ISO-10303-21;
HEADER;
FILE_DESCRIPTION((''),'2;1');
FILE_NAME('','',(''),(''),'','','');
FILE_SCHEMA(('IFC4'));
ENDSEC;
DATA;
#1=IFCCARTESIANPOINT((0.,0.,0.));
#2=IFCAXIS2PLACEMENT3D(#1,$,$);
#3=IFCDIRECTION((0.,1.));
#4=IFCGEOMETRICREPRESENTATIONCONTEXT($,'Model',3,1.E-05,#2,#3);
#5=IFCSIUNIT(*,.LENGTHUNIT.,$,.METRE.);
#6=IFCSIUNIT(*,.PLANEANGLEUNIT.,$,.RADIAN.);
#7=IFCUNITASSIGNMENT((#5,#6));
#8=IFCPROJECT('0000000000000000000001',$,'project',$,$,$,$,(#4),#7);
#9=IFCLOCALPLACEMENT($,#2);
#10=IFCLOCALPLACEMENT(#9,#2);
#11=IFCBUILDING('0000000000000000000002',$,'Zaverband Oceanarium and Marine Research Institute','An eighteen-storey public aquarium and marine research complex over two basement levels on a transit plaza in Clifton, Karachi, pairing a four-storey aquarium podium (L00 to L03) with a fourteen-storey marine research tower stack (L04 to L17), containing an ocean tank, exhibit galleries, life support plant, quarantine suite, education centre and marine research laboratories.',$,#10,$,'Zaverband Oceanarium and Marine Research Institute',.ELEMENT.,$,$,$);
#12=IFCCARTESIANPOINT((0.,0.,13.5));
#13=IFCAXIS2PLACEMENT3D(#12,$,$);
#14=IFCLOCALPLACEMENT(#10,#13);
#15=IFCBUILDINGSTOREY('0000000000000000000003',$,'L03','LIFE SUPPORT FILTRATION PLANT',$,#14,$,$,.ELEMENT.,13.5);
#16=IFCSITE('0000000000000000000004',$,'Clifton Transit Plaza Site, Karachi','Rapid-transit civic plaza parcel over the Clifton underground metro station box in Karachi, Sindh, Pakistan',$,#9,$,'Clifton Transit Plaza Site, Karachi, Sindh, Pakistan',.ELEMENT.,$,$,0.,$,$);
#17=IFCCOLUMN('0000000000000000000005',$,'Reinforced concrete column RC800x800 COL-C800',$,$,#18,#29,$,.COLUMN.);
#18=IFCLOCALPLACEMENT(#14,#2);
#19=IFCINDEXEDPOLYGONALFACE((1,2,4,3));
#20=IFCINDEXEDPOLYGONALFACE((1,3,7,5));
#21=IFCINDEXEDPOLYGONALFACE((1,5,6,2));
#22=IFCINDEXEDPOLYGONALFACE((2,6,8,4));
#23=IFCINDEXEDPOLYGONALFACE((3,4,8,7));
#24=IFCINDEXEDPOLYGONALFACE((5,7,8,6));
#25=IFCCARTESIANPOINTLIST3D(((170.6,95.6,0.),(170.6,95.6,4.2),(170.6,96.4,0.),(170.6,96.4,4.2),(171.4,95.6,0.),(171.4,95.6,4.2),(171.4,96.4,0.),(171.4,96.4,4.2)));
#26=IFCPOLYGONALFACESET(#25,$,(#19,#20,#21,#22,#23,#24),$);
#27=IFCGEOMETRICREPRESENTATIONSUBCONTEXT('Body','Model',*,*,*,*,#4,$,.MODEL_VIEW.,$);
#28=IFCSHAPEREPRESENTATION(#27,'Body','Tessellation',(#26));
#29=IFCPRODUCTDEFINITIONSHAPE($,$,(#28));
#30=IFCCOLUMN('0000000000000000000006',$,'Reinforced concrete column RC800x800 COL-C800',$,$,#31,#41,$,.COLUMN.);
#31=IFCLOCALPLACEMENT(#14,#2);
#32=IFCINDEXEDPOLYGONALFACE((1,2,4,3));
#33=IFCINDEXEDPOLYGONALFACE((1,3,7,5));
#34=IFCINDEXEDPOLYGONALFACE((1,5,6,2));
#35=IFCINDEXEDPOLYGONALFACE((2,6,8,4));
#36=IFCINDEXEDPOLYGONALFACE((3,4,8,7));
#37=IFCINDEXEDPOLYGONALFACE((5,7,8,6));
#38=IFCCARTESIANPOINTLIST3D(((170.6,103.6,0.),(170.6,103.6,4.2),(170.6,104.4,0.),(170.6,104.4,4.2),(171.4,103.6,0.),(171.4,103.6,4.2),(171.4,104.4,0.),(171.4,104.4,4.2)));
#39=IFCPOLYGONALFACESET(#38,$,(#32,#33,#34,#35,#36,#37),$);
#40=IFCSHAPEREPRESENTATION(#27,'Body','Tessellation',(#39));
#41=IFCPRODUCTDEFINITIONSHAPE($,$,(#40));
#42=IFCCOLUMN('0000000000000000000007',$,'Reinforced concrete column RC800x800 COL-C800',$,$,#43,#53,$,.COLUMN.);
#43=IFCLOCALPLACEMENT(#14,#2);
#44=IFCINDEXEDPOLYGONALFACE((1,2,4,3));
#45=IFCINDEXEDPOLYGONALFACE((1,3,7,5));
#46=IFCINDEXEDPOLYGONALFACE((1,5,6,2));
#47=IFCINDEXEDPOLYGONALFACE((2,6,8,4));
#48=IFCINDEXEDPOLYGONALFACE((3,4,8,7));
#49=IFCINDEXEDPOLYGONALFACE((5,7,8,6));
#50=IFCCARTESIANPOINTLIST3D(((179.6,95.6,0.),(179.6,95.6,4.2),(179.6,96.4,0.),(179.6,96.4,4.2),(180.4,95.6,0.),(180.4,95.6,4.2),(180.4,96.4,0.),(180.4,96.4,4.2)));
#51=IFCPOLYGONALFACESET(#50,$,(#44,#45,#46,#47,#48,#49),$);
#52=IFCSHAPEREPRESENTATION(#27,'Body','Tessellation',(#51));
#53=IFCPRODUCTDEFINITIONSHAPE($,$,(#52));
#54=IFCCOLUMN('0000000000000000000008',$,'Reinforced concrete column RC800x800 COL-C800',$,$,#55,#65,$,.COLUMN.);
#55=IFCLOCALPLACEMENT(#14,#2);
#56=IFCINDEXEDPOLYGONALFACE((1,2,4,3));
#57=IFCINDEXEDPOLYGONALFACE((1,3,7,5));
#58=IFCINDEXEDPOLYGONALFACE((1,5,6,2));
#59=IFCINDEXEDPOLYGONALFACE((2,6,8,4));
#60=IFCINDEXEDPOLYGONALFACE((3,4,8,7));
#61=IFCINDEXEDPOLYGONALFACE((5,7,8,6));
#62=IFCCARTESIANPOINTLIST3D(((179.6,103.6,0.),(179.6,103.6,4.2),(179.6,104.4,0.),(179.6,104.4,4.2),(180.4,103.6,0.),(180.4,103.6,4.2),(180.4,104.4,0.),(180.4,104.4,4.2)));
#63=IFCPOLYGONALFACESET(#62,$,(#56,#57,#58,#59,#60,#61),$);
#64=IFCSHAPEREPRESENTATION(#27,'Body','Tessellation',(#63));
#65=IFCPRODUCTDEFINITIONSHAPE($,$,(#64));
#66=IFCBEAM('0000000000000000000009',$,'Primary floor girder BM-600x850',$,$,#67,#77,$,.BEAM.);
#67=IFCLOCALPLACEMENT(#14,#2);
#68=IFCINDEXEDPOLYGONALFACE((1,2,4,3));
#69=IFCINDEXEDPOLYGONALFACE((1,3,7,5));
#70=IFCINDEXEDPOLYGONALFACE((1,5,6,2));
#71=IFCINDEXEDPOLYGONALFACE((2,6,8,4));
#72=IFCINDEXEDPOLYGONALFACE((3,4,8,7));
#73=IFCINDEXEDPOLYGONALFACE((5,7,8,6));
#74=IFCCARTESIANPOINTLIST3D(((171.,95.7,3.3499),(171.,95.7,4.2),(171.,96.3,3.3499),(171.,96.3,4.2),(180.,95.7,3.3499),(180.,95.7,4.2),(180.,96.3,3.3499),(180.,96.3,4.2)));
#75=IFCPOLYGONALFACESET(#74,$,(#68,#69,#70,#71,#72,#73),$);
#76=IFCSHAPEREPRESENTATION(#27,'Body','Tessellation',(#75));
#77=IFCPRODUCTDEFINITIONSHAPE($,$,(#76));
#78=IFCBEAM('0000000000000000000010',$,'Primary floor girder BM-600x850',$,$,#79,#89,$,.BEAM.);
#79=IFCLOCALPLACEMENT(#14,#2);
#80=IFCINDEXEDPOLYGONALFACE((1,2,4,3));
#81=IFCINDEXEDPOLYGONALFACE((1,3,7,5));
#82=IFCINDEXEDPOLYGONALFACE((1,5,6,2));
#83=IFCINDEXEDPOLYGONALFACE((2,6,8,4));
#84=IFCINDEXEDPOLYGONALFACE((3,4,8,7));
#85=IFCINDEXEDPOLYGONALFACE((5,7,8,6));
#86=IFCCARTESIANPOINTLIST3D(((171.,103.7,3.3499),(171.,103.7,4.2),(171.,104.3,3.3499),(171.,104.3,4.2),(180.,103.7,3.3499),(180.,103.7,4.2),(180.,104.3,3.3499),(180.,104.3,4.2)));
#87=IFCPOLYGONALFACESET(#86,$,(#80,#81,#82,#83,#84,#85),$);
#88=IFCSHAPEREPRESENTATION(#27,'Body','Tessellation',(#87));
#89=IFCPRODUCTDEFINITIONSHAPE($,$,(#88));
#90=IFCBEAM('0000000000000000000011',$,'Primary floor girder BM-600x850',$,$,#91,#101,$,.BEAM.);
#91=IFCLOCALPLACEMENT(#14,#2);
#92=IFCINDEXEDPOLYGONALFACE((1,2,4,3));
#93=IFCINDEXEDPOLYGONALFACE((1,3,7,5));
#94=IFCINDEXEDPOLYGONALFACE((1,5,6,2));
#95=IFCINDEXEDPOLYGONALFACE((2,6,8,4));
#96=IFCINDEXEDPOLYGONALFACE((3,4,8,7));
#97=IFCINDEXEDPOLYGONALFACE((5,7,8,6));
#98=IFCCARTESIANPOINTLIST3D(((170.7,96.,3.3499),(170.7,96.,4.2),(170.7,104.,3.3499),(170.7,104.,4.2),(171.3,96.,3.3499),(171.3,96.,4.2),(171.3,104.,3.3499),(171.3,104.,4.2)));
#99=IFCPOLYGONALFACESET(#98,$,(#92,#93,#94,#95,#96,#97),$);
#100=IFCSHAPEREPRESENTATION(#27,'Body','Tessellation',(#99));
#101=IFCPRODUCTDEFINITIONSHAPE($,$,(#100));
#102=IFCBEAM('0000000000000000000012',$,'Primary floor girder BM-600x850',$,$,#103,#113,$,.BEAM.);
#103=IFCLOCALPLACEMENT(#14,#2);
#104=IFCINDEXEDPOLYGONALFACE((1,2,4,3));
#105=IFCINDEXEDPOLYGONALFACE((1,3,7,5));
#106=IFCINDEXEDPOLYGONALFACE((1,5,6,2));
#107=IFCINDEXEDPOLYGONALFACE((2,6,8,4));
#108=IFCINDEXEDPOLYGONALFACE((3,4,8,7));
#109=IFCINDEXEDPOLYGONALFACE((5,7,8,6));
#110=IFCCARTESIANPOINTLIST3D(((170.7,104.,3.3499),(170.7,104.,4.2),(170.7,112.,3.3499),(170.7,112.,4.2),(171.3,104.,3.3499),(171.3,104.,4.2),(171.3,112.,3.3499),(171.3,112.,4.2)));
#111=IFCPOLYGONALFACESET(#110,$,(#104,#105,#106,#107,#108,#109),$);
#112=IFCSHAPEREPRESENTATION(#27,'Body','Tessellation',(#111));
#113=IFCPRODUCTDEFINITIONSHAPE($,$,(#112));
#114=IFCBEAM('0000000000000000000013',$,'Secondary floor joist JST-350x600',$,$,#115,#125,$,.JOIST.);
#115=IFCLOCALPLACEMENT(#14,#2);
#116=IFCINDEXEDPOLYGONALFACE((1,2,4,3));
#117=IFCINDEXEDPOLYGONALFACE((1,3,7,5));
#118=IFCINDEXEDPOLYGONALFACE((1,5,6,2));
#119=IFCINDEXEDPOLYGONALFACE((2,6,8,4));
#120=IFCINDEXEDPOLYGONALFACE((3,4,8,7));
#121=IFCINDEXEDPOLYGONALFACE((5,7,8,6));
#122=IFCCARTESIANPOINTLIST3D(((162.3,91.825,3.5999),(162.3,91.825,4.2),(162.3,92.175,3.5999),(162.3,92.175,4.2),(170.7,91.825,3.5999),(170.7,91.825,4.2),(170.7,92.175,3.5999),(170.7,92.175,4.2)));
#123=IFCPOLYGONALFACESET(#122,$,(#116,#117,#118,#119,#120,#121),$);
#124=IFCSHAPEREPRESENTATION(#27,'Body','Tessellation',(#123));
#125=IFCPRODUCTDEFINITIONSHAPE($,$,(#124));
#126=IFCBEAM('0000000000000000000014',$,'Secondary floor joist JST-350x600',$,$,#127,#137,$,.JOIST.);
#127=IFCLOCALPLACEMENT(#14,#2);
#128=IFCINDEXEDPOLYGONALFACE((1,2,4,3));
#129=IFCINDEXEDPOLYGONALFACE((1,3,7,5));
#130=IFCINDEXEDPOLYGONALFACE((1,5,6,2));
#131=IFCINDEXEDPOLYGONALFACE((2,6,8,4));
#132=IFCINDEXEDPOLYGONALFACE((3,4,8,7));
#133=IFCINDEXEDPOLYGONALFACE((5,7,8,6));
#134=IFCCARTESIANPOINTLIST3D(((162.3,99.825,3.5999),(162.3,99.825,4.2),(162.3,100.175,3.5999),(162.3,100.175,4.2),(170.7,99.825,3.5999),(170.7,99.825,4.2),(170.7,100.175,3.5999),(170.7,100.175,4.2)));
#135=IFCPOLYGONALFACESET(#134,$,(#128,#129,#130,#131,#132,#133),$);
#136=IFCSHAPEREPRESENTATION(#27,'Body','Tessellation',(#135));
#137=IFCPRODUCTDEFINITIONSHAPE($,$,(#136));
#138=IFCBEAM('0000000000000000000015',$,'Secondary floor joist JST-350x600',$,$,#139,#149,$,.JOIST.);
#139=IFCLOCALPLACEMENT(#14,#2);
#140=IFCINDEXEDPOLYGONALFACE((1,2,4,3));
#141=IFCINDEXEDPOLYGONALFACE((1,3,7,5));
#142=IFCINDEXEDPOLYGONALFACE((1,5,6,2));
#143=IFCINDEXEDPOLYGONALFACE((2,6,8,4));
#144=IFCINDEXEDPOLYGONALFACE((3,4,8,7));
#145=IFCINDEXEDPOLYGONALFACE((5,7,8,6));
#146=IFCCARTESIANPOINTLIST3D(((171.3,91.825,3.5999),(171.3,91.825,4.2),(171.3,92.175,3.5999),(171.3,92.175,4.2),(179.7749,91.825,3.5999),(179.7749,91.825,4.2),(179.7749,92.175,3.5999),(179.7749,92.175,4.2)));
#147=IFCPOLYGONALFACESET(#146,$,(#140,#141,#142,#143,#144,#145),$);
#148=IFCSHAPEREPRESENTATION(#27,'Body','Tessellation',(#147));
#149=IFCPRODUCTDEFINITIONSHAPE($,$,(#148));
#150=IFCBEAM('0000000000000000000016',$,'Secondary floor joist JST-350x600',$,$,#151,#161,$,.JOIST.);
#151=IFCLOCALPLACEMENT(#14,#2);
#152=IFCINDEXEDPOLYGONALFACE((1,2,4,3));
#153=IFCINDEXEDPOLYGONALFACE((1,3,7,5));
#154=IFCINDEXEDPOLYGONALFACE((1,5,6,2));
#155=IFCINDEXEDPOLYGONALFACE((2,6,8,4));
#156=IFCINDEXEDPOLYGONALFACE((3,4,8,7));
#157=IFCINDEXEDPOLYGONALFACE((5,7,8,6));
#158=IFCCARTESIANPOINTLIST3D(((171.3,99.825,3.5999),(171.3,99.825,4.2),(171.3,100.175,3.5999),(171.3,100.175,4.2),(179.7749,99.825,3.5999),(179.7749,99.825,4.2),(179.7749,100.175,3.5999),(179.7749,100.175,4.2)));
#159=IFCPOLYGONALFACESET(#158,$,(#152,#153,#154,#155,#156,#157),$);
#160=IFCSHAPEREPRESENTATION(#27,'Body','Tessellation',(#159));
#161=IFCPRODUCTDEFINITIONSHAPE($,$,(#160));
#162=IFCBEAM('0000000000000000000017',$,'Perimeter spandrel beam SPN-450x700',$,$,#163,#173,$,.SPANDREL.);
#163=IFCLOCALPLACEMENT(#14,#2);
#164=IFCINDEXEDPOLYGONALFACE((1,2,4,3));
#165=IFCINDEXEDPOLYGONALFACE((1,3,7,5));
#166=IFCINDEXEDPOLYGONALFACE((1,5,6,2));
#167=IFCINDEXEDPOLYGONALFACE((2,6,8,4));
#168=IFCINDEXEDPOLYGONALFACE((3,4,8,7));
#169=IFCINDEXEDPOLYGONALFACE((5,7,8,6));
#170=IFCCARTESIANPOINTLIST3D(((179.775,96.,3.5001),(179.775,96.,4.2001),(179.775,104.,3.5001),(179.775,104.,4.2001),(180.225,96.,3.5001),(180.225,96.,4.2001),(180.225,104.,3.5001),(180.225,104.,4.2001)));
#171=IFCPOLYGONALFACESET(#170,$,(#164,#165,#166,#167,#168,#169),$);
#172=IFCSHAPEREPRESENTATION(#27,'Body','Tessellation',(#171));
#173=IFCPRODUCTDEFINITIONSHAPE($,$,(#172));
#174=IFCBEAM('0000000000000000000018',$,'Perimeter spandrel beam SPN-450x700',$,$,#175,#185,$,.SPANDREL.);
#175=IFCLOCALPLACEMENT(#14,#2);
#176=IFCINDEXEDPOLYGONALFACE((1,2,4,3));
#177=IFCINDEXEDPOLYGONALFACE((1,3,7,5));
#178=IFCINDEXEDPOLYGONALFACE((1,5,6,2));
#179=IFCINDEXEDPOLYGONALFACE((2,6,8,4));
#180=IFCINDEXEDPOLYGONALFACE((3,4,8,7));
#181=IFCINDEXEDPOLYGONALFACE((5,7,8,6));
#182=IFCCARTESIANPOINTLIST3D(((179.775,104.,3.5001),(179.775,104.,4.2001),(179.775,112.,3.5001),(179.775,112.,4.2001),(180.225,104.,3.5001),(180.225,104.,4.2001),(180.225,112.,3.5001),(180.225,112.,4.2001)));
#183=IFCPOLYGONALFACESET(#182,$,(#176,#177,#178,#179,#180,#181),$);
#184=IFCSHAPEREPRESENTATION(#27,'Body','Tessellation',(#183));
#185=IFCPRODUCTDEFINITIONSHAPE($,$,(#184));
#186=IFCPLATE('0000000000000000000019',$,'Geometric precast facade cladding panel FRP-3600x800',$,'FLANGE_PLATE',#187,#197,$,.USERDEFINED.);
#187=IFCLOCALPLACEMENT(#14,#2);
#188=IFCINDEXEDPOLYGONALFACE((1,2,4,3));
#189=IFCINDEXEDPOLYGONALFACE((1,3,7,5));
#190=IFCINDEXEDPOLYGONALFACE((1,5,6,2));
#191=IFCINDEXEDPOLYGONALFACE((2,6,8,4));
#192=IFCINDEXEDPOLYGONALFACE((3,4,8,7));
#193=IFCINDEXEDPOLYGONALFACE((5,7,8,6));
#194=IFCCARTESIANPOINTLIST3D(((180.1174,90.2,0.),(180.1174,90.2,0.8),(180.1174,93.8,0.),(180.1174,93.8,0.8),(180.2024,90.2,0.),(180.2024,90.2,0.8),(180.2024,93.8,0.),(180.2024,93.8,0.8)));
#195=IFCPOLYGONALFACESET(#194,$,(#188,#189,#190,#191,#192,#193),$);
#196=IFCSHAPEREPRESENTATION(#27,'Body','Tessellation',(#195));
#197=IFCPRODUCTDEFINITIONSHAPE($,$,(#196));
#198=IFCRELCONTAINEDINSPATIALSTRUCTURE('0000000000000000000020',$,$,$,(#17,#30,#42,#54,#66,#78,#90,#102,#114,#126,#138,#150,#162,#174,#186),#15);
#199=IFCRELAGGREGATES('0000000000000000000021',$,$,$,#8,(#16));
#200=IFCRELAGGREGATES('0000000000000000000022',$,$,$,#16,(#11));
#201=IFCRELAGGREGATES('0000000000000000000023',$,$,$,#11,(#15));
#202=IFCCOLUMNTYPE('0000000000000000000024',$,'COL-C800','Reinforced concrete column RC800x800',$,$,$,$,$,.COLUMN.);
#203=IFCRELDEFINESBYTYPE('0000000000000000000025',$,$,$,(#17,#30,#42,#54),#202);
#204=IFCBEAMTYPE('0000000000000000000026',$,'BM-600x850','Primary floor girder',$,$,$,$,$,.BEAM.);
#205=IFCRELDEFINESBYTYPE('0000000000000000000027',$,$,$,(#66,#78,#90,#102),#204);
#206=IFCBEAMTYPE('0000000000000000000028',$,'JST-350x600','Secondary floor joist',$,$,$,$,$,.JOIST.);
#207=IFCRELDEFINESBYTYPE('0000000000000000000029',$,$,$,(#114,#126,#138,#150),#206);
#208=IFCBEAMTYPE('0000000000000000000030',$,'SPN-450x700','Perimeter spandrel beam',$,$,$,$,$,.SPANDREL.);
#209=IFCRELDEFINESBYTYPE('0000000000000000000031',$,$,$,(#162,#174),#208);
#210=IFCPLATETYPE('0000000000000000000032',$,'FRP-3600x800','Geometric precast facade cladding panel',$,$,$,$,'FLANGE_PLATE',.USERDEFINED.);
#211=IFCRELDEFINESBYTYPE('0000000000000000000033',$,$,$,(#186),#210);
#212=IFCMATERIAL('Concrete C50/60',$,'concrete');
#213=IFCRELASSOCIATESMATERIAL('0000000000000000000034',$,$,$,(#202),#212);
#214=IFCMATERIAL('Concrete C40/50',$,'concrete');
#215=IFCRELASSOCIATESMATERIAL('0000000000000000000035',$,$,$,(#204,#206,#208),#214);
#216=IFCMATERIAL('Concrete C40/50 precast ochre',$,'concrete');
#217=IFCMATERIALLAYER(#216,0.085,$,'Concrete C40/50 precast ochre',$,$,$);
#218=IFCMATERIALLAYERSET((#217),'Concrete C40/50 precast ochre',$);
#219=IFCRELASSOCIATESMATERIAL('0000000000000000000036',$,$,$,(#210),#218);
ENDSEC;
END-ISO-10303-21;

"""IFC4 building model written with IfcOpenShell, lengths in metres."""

from ifc_helpers import new_model, si_unit, direction, frame, frame_2d, origin, origin_2d, place, context, subcontext, project, spatial, rectangle, extrude, material, layer, layer_set, material_profile, profile_set, type_object, element, save


model = new_model("IFC4")

# Units and contexts
model_context = context("Model", 3, precision=1e-05, world=origin(), true_north=direction((0.0, 1.0)))
body_context = subcontext(model_context, "Body", "Model", "MODEL_VIEW")
ifc_project = project(units=[si_unit("LENGTHUNIT", "METRE"), si_unit("PLANEANGLEUNIT", "RADIAN")], contexts=[model_context])

# Site, building, storey
site_placement = place(None, origin())
site = spatial("IfcSite", under=ifc_project, at=site_placement, Name="Clifton Transit Plaza Site, Karachi", Description="Rapid-transit civic plaza parcel over the Clifton underground metro station box in Karachi, Sindh, Pakistan", LongName="Clifton Transit Plaza Site, Karachi, Sindh, Pakistan", CompositionType="ELEMENT", RefElevation=0.0)
building_placement = place(site_placement, origin())
building = spatial("IfcBuilding", under=site, at=building_placement, Name="Zaverband Oceanarium and Marine Research Institute", Description="An eighteen-storey public aquarium and marine research complex over two basement levels on a transit plaza in Clifton, Karachi, pairing a four-storey aquarium podium (L00 to L03) with a fourteen-storey marine research tower stack (L04 to L17), containing an ocean tank, exhibit galleries, life support plant, quarantine suite, education centre and marine research laboratories.", LongName="Zaverband Oceanarium and Marine Research Institute", CompositionType="ELEMENT")
storey_placement = place(building_placement, frame((0.0, 0.0, 13.5)))
storey = spatial("IfcBuildingStorey", under=building, at=storey_placement, Name="L03", Description="LIFE SUPPORT FILTRATION PLANT", CompositionType="ELEMENT", Elevation=13.5)

# Columns
ifc_material_1 = material(Name="Concrete C50/60", Category="concrete")
ifc_material_profile_1 = material_profile(ifc_material_1, rectangle(XDim=0.8, YDim=0.8, at=origin_2d()), Name="RC800x800")
ifc_profile_set_1 = profile_set([ifc_material_profile_1], Name="Concrete C50/60")
column_type = type_object("IfcColumnType", Name="COL-C800", Description="Reinforced concrete column RC800x800", PredefinedType="COLUMN", material=ifc_profile_set_1)
for number, where, z_axis, x_axis, name in (
    (1, (171.0, 96.0, 0.0), (0.0, 0.0, 1.0), (1.0, 0.0, 0.0), "Reinforced concrete column RC800x800 COL-C800"),
    (2, (171.0, 104.0, 0.0), (0.0, 0.0, 1.0), (1.0, 0.0, 0.0), "Reinforced concrete column RC800x800 COL-C800"),
    (3, (180.0, 96.0, 0.0), (0.0, 0.0, 1.0), (1.0, 0.0, 0.0), "Reinforced concrete column RC800x800 COL-C800"),
    (4, (180.0, 104.0, 0.0), (0.0, 0.0, 1.0), (1.0, 0.0, 0.0), "Reinforced concrete column RC800x800 COL-C800"),
):
    element("IfcColumn", number, at=place(storey_placement, frame(where, z_axis=z_axis, x_axis=x_axis)), inside=storey, type_object=column_type, Name=name, PredefinedType="COLUMN", context=body_context, shape_type="SweptSolid", body=[
        extrude(rectangle(XDim=0.8, YDim=0.8, at=origin_2d()), origin(), (0.0, 0.0, 1.0), 4.2),
    ])

# Beams
ifc_material_2 = material(Name="Concrete C40/50", Category="concrete")
ifc_material_profile_2 = material_profile(ifc_material_2, rectangle(XDim=0.6001, YDim=0.8501, at=origin_2d()), Name="RC600x850")
ifc_profile_set_2 = profile_set([ifc_material_profile_2], Name="Concrete C40/50")
beam_type_1 = type_object("IfcBeamType", Name="BM-600x850", Description="Primary floor girder", PredefinedType="BEAM", material=ifc_profile_set_2)
for number, where, z_axis, x_axis, name in (
    (5, (171.0, 96.0, 3.7749), (1.0, 0.0, 0.0), (0.0, 1.0, 0.0), "Primary floor girder BM-600x850"),
    (6, (171.0, 104.0, 3.7749), (1.0, 0.0, 0.0), (0.0, 1.0, 0.0), "Primary floor girder BM-600x850"),
):
    element("IfcBeam", number, at=place(storey_placement, frame(where, z_axis=z_axis, x_axis=x_axis)), inside=storey, type_object=beam_type_1, Name=name, PredefinedType="BEAM", context=body_context, shape_type="SweptSolid", body=[
        extrude(rectangle(XDim=0.6001, YDim=0.8501, at=origin_2d()), origin(), (0.0, 0.0, 1.0), 9.0),
    ])
for number, where, z_axis, x_axis, name in (
    (7, (171.0, 96.0, 3.7749), (0.0, 1.0, 0.0), (-1.0, 0.0, 0.0), "Primary floor girder BM-600x850"),
    (8, (171.0, 104.0, 3.7749), (0.0, 1.0, 0.0), (-1.0, 0.0, 0.0), "Primary floor girder BM-600x850"),
):
    element("IfcBeam", number, at=place(storey_placement, frame(where, z_axis=z_axis, x_axis=x_axis)), inside=storey, type_object=beam_type_1, Name=name, PredefinedType="BEAM", context=body_context, shape_type="SweptSolid", body=[
        extrude(rectangle(XDim=0.6001, YDim=0.8501, at=origin_2d()), origin(), (0.0, 0.0, 1.0), 8.0),
    ])
ifc_material_profile_3 = material_profile(ifc_material_2, rectangle(XDim=0.3501, YDim=0.6001, at=origin_2d()), Name="RC350x600")
ifc_profile_set_3 = profile_set([ifc_material_profile_3], Name="Concrete C40/50")
beam_type_2 = type_object("IfcBeamType", Name="JST-350x600", Description="Secondary floor joist", PredefinedType="JOIST", material=ifc_profile_set_3)
for number, where, z_axis, x_axis, name in (
    (9, (162.3, 92.0, 3.8999), (1.0, 0.0, 0.0), (0.0, 1.0, 0.0), "Secondary floor joist JST-350x600"),
    (10, (162.3, 100.0, 3.8999), (1.0, 0.0, 0.0), (0.0, 1.0, 0.0), "Secondary floor joist JST-350x600"),
):
    element("IfcBeam", number, at=place(storey_placement, frame(where, z_axis=z_axis, x_axis=x_axis)), inside=storey, type_object=beam_type_2, Name=name, PredefinedType="JOIST", context=body_context, shape_type="SweptSolid", body=[
        extrude(rectangle(XDim=0.3501, YDim=0.6001, at=origin_2d()), origin(), (0.0, 0.0, 1.0), 8.3999),
    ])
for number, where, z_axis, x_axis, name in (
    (11, (171.3, 92.0, 3.8999), (1.0, 0.0, 0.0), (0.0, 1.0, 0.0), "Secondary floor joist JST-350x600"),
    (12, (171.3, 100.0, 3.8999), (1.0, 0.0, 0.0), (0.0, 1.0, 0.0), "Secondary floor joist JST-350x600"),
):
    element("IfcBeam", number, at=place(storey_placement, frame(where, z_axis=z_axis, x_axis=x_axis)), inside=storey, type_object=beam_type_2, Name=name, PredefinedType="JOIST", context=body_context, shape_type="SweptSolid", body=[
        extrude(rectangle(XDim=0.3501, YDim=0.6001, at=origin_2d()), origin(), (0.0, 0.0, 1.0), 8.4749),
    ])
ifc_material_profile_4 = material_profile(ifc_material_2, rectangle(XDim=0.45, YDim=0.7, at=origin_2d()), Name="RC450x700")
ifc_profile_set_4 = profile_set([ifc_material_profile_4], Name="Concrete C40/50")
beam_type_3 = type_object("IfcBeamType", Name="SPN-450x700", Description="Perimeter spandrel beam", PredefinedType="SPANDREL", material=ifc_profile_set_4)
for number, where, z_axis, x_axis, name in (
    (13, (180.0, 96.0, 3.8501), (0.0, 1.0, 0.0), (-1.0, 0.0, 0.0), "Perimeter spandrel beam SPN-450x700"),
    (14, (180.0, 104.0, 3.8501), (0.0, 1.0, 0.0), (-1.0, 0.0, 0.0), "Perimeter spandrel beam SPN-450x700"),
):
    element("IfcBeam", number, at=place(storey_placement, frame(where, z_axis=z_axis, x_axis=x_axis)), inside=storey, type_object=beam_type_3, Name=name, PredefinedType="SPANDREL", context=body_context, shape_type="SweptSolid", body=[
        extrude(rectangle(XDim=0.45, YDim=0.7, at=origin_2d()), origin(), (0.0, 0.0, 1.0), 8.0),
    ])

# Plate
ifc_material_3 = material(Name="Concrete C40/50 precast ochre", Category="concrete")
ifc_layer_1 = layer(ifc_material_3, 0.085, Name="Concrete C40/50 precast ochre")
ifc_layer_set_1 = layer_set([ifc_layer_1], Name="Concrete C40/50 precast ochre")
plate_type = type_object("IfcPlateType", Name="FRP-3600x800", Description="Geometric precast facade cladding panel", ElementType="FLANGE_PLATE", PredefinedType="USERDEFINED", material=ifc_layer_set_1)
plate_placement = place(storey_placement, frame((180.1599, 90.2, 0.0), z_axis=(0.0, 0.0, 1.0), x_axis=(0.0, 1.0, 0.0)))
element("IfcPlate", 15, at=plate_placement, inside=storey, type_object=plate_type, Name="Geometric precast facade cladding panel FRP-3600x800", ObjectType="FLANGE_PLATE", PredefinedType="USERDEFINED", context=body_context, shape_type="SweptSolid", body=[
    extrude(rectangle(XDim=3.6001, YDim=0.085, at=frame_2d((1.8, 0.0))), origin(), (0.0, 0.0, 1.0), 0.8),
])

save(model, "model.ifc")
